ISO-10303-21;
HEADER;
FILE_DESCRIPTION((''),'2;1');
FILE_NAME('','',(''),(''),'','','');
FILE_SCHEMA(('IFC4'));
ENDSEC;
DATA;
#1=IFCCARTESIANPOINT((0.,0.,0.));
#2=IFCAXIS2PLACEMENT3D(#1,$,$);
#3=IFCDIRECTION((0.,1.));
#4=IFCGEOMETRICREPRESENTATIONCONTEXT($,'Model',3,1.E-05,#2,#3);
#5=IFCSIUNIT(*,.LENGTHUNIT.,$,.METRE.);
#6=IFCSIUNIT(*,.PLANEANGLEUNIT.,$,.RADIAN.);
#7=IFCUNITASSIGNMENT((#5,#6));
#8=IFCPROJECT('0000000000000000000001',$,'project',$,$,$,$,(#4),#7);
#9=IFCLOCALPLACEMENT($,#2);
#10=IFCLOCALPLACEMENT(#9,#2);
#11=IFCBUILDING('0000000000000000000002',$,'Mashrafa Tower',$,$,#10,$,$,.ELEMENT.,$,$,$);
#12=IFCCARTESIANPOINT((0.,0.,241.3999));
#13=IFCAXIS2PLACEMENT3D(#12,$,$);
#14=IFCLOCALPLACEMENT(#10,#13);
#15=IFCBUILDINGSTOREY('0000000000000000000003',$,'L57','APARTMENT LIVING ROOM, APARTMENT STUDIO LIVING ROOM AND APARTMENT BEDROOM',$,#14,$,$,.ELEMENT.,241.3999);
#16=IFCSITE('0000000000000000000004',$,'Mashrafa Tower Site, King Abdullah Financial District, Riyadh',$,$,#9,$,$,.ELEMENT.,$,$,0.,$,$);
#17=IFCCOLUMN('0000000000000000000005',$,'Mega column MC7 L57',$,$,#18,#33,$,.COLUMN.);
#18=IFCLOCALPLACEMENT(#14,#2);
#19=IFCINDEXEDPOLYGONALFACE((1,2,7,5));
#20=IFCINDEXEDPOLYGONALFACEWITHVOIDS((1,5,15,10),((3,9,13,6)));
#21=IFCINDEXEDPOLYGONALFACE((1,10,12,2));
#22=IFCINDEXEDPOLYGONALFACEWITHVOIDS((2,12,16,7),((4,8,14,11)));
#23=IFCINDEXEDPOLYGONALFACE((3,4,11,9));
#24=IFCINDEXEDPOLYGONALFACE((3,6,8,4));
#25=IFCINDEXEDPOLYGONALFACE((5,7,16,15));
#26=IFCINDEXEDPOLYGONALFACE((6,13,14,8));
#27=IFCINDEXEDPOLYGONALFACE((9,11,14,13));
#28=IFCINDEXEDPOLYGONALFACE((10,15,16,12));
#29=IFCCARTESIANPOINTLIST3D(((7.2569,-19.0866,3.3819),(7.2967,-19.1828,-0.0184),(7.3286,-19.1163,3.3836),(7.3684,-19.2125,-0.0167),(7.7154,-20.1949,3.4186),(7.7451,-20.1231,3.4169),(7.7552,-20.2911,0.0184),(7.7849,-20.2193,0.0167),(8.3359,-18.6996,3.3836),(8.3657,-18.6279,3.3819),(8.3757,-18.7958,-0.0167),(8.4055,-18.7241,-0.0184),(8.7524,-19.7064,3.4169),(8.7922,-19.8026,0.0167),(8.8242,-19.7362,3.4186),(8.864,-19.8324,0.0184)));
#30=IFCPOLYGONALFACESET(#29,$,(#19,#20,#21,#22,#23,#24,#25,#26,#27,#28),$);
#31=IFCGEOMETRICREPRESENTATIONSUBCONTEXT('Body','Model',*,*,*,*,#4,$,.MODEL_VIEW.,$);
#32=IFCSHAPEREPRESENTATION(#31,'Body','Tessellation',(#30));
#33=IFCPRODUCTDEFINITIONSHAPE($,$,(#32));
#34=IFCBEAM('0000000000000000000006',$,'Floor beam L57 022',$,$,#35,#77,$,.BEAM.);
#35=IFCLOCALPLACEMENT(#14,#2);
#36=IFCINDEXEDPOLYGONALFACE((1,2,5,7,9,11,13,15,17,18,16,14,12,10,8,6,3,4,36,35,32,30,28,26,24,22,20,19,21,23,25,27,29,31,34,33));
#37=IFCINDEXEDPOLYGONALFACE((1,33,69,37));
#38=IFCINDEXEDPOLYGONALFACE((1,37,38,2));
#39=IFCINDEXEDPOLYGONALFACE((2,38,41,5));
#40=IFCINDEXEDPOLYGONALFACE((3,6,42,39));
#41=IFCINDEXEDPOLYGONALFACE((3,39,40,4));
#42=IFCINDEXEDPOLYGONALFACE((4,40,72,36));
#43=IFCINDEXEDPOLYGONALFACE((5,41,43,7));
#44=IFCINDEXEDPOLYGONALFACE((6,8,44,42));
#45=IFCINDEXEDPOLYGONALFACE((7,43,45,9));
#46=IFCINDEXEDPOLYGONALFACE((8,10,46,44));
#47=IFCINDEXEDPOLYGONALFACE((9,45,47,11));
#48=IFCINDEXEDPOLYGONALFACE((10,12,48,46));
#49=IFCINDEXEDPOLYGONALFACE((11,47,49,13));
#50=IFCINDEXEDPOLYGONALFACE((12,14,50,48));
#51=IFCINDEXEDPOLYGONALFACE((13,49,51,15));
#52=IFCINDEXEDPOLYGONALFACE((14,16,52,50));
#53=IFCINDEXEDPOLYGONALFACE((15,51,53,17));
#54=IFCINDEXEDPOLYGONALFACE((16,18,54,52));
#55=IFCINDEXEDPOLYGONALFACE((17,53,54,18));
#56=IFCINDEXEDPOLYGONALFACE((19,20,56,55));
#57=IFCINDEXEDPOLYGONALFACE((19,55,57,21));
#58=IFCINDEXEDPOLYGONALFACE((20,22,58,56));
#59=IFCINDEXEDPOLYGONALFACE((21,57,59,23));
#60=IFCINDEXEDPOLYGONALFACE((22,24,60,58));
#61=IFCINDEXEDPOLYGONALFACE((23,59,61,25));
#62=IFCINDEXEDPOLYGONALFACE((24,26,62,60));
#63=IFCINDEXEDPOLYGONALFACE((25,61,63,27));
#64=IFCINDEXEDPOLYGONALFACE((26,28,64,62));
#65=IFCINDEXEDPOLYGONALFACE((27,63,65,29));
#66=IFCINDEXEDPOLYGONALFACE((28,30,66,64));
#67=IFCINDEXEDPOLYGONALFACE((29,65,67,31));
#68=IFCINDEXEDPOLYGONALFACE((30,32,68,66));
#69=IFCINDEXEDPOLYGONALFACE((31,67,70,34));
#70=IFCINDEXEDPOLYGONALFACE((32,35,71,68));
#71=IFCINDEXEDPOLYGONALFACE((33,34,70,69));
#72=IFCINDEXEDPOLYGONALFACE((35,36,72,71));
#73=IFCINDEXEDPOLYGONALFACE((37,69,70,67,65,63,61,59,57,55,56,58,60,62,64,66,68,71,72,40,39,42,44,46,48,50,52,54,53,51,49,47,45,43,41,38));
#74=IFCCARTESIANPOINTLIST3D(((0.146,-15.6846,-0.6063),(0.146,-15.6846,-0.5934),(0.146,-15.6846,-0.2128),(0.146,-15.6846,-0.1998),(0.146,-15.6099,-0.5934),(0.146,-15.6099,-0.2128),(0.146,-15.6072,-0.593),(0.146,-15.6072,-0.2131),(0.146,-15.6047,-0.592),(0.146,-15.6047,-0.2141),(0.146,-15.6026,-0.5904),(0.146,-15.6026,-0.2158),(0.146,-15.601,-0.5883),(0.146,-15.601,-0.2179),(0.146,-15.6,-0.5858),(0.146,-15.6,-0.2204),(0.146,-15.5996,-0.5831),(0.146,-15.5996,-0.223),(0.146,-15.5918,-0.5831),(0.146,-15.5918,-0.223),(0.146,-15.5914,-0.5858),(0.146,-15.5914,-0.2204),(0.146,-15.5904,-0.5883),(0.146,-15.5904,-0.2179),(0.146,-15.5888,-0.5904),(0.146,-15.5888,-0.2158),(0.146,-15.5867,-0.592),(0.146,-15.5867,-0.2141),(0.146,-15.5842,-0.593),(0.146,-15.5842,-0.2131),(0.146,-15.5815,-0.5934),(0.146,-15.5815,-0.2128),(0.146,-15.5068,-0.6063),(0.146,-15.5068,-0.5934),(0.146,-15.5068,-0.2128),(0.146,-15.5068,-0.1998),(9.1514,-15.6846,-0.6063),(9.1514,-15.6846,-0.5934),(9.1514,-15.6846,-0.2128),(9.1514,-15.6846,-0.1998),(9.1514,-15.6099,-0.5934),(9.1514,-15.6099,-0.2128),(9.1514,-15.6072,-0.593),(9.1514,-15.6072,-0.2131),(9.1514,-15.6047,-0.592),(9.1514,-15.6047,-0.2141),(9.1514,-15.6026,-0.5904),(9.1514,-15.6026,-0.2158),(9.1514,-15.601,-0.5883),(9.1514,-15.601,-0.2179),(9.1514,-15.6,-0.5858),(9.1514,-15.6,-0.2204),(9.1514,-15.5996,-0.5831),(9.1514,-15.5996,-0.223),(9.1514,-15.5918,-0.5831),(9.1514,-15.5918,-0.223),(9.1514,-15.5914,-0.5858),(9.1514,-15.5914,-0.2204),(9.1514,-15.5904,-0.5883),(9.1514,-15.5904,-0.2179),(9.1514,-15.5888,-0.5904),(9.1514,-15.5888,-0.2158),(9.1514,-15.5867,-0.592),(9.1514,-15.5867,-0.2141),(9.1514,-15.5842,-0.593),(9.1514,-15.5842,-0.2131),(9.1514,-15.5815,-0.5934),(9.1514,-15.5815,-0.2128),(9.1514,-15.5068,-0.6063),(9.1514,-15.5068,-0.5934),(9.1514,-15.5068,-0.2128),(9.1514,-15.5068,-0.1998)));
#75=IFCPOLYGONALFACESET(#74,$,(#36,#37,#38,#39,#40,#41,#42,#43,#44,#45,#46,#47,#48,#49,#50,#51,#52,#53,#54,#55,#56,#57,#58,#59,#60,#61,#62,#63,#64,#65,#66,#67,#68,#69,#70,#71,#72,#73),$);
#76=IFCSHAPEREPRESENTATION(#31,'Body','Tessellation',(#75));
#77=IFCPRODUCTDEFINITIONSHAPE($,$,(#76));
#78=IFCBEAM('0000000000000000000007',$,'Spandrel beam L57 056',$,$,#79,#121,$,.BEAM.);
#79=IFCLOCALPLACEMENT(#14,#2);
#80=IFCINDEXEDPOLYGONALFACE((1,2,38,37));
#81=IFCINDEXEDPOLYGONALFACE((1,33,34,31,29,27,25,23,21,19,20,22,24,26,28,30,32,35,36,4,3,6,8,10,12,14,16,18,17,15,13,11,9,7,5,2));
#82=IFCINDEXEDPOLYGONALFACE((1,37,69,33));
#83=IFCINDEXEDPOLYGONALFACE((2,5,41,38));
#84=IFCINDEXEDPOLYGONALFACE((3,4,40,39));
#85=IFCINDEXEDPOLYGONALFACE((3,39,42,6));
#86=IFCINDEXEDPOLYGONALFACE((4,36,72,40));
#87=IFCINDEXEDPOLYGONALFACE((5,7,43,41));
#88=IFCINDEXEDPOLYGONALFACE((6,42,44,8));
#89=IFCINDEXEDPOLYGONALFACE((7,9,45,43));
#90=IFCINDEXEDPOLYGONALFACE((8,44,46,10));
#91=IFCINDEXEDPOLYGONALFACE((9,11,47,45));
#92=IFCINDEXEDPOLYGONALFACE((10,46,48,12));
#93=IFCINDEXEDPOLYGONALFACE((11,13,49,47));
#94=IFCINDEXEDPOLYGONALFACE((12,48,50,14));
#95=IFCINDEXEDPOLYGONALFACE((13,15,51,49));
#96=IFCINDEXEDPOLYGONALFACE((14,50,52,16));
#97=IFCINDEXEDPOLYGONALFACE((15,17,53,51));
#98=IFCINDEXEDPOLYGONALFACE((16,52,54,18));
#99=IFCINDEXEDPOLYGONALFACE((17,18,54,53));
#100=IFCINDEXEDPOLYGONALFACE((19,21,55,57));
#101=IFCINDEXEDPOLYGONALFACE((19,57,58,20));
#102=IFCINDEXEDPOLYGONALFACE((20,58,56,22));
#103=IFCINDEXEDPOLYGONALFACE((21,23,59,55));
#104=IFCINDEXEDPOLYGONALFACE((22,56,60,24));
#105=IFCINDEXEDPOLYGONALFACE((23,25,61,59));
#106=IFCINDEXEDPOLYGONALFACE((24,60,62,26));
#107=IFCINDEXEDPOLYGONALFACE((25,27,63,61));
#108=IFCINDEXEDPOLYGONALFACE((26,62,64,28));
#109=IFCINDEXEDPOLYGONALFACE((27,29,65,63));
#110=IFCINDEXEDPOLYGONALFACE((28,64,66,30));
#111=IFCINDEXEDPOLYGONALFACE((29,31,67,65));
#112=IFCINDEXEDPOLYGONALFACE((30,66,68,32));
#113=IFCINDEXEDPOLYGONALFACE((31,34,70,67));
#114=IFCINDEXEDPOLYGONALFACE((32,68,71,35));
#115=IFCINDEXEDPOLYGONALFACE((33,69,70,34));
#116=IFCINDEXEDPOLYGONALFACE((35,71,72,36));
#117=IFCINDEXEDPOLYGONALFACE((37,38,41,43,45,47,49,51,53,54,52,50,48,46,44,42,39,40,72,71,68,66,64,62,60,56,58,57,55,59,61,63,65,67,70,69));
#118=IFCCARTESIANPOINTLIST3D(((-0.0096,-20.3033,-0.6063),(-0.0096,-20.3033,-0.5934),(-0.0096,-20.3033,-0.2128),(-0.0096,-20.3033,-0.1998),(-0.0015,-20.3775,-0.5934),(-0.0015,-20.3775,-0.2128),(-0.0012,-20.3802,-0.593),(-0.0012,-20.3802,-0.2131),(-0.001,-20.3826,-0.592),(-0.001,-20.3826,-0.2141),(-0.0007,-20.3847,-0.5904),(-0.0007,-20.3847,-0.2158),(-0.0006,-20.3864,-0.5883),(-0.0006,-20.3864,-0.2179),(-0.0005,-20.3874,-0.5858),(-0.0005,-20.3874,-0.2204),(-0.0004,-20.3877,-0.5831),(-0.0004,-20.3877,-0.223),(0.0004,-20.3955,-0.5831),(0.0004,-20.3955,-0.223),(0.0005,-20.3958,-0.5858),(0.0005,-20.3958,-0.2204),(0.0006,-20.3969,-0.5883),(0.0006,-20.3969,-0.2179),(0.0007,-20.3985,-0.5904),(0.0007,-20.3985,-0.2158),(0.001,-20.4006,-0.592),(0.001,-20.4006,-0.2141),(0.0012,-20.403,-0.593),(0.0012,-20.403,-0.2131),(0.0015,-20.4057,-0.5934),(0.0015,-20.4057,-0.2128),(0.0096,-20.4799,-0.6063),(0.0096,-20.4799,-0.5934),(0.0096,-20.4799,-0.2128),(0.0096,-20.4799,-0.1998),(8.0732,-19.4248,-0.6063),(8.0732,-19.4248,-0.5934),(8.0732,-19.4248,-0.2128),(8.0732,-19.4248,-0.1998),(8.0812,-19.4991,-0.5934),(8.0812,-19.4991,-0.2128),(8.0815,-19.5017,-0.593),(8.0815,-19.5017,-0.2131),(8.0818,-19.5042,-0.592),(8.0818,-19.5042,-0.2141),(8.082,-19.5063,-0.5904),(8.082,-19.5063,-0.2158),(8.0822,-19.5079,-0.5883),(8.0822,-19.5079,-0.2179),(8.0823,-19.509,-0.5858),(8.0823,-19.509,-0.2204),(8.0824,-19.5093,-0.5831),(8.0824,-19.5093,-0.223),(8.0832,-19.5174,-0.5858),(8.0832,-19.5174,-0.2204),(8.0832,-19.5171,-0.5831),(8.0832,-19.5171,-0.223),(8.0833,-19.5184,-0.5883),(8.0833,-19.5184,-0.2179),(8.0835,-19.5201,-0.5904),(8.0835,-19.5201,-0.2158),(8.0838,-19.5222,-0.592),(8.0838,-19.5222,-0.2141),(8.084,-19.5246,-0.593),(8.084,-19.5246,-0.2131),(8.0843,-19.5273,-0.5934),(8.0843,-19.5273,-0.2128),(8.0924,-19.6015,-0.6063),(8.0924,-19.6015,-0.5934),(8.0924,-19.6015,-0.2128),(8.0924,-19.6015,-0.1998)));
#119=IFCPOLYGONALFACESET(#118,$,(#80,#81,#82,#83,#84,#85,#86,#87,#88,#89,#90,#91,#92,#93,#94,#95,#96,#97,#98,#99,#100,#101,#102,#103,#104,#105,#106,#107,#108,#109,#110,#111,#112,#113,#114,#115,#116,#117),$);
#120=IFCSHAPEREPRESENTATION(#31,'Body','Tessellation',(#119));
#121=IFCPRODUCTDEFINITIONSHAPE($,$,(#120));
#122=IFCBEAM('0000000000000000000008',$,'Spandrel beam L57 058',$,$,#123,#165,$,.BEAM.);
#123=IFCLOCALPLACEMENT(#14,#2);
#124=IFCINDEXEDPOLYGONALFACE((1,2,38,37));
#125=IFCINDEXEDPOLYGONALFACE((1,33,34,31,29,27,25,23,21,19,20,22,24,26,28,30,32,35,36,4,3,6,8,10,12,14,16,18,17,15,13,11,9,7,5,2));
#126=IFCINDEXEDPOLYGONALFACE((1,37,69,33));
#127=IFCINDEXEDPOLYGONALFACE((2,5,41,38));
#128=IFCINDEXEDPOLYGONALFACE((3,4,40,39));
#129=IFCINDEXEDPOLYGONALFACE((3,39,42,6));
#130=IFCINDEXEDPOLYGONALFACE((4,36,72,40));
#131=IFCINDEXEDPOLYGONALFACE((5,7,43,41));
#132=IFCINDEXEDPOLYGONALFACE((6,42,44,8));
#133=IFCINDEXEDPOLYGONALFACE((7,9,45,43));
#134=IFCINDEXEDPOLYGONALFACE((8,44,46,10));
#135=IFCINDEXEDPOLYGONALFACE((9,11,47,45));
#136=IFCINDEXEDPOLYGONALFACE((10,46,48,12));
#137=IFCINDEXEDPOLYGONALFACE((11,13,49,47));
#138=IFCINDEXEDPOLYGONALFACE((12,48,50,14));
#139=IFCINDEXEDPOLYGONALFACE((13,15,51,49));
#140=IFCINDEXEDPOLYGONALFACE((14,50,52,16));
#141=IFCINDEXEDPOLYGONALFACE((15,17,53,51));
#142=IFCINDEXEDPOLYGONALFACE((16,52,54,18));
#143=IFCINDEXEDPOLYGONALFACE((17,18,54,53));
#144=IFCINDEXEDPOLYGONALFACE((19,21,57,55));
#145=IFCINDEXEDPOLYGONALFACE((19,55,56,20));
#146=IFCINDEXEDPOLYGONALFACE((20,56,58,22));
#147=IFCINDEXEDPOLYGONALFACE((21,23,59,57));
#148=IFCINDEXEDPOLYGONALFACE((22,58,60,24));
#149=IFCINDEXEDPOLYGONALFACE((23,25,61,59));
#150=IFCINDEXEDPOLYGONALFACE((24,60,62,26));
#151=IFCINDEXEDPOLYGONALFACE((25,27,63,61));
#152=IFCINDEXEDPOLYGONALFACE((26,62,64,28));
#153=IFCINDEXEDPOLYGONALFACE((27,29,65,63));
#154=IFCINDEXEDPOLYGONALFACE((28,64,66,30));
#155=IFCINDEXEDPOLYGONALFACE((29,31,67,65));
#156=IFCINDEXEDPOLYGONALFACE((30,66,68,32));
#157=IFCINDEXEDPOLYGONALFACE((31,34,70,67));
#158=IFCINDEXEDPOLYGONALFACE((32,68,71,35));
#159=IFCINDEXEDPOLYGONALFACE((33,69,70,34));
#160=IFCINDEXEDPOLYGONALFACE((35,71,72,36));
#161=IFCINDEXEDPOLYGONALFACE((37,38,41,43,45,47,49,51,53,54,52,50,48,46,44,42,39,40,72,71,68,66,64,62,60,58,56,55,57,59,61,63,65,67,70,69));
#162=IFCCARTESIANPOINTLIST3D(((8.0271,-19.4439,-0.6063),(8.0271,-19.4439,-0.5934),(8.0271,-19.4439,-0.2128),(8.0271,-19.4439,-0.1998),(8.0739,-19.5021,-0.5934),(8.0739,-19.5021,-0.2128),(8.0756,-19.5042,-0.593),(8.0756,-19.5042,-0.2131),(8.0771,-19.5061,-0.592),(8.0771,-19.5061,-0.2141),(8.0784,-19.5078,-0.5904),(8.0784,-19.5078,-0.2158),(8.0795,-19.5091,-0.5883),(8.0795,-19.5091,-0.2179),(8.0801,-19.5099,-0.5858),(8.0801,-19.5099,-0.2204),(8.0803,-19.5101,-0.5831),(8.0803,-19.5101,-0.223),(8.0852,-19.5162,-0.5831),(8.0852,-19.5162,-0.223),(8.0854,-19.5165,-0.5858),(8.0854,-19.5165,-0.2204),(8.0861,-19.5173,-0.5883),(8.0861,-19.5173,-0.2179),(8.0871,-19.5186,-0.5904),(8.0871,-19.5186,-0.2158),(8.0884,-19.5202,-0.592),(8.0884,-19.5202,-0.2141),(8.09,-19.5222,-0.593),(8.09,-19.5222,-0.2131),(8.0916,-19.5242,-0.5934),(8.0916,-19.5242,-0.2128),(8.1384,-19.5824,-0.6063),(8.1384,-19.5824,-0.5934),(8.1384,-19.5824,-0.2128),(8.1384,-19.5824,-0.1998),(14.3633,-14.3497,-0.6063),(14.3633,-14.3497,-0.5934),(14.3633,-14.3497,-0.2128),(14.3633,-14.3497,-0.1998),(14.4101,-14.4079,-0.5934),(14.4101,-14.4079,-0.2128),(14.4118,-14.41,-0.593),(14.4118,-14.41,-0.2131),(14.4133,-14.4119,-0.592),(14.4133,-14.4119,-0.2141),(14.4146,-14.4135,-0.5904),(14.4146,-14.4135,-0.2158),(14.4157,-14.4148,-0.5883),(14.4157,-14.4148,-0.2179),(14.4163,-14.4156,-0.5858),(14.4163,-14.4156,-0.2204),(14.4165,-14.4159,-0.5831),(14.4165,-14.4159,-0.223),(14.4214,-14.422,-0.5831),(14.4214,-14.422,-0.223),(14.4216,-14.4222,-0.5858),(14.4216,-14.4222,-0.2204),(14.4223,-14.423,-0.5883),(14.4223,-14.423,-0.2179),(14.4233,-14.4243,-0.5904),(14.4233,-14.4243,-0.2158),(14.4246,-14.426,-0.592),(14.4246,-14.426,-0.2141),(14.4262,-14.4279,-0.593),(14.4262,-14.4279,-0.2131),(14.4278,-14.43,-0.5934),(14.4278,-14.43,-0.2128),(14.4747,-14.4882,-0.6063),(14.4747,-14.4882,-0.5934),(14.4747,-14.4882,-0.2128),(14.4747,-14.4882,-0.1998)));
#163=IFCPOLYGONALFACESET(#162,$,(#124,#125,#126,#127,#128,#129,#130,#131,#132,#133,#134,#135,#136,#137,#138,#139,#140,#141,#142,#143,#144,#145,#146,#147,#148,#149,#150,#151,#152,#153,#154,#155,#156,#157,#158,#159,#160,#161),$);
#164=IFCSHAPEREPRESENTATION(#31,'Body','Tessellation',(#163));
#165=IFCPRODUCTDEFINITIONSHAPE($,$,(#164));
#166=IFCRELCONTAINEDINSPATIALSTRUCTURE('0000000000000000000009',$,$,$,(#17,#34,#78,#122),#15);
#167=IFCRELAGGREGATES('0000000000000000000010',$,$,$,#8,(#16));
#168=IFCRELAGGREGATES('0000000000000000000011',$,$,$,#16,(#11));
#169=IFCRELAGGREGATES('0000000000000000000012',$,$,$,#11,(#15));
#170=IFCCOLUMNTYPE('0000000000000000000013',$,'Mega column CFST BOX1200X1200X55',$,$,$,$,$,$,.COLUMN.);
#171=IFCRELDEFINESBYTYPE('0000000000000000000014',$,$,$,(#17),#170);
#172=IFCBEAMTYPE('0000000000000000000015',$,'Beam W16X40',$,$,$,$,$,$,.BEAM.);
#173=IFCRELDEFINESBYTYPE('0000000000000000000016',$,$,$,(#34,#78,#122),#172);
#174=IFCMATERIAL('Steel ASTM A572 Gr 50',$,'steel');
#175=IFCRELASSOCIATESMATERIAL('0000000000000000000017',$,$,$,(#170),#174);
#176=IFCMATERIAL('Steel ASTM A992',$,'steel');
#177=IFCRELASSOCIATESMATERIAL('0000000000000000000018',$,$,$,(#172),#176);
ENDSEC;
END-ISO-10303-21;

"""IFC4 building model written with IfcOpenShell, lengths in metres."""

from ifc_helpers import new_model, si_unit, direction, frame, origin, origin_2d, place, context, subcontext, project, spatial, hollow_rectangle, i_section, extrude, material, material_profile, profile_set, type_object, element, save


model = new_model("IFC4")

# Units and contexts
model_context = context("Model", 3, precision=1e-05, world=origin(), true_north=direction((0.0, 1.0)))
body_context = subcontext(model_context, "Body", "Model", "MODEL_VIEW")
ifc_project = project(units=[si_unit("LENGTHUNIT", "METRE"), si_unit("PLANEANGLEUNIT", "RADIAN")], contexts=[model_context])

# Site, building, storey
site_placement = place(None, origin())
site = spatial("IfcSite", under=ifc_project, at=site_placement, Name="Mashrafa Tower Site, King Abdullah Financial District, Riyadh", CompositionType="ELEMENT", RefElevation=0.0)
building_placement = place(site_placement, origin())
building = spatial("IfcBuilding", under=site, at=building_placement, Name="Mashrafa Tower", CompositionType="ELEMENT")
storey_placement = place(building_placement, frame((0.0, 0.0, 241.3999)))
storey = spatial("IfcBuildingStorey", under=building, at=storey_placement, Name="L57", Description="APARTMENT LIVING ROOM, APARTMENT STUDIO LIVING ROOM AND APARTMENT BEDROOM", CompositionType="ELEMENT", Elevation=241.3999)

# Column
ifc_material_1 = material(Name="Steel ASTM A572 Gr 50", Category="steel")
ifc_material_profile_1 = material_profile(ifc_material_1, hollow_rectangle(XDim=1.2, YDim=1.2, WallThickness=0.0549, at=origin_2d()), Name="BOX1200X1200X55")
ifc_profile_set_1 = profile_set([ifc_material_profile_1], Name="Steel ASTM A572 Gr 50")
column_type = type_object("IfcColumnType", Name="Mega column CFST BOX1200X1200X55", PredefinedType="COLUMN", material=ifc_profile_set_1)
column_placement = place(storey_placement, frame((8.0803, -19.5076, 0.0), z_axis=(-0.011698, 0.028277, 0.999532), x_axis=(-0.924045, -0.382283, 0.0)))
element("IfcColumn", 1, at=column_placement, inside=storey, type_object=column_type, Name="Mega column MC7 L57", PredefinedType="COLUMN", context=body_context, shape_type="SweptSolid", body=[
    extrude(hollow_rectangle(XDim=1.2, YDim=1.2, WallThickness=0.0549, at=origin_2d()), origin(), (0.0, 0.0, 1.0), 3.4019),
])

# Beams
ifc_material_2 = material(Name="Steel ASTM A992", Category="steel")
ifc_material_profile_2 = material_profile(ifc_material_2, i_section(OverallWidth=0.1777, OverallDepth=0.4065, WebThickness=0.0078, FlangeThickness=0.0129, FilletRadius=0.0103, at=origin_2d()), Name="W16X40")
ifc_profile_set_2 = profile_set([ifc_material_profile_2], Name="Steel ASTM A992")
beam_type_1 = type_object("IfcBeamType", Name="Beam W16X40", PredefinedType="BEAM", material=ifc_profile_set_2)
beam_1_placement = place(storey_placement, frame((9.1514, -15.5957, -0.4031), z_axis=(-1.0, 0.0, 0.0), x_axis=(0.0, -1.0, 0.0)))
element("IfcBeam", 2, at=beam_1_placement, inside=storey, type_object=beam_type_1, Name="Floor beam L57 022", PredefinedType="BEAM", context=body_context, shape_type="SweptSolid", body=[
    extrude(i_section(OverallWidth=0.1777, OverallDepth=0.4065, WebThickness=0.0078, FlangeThickness=0.0129, FilletRadius=0.0103, at=origin_2d()), origin(), (0.0, 0.0, 1.0), 9.0054),
])
beam_2_placement = place(storey_placement, frame((0.0, -20.3916, -0.4031), z_axis=(0.994146, 0.108042, 0.0), x_axis=(-0.108042, 0.994146, 0.0)))
element("IfcBeam", 3, at=beam_2_placement, inside=storey, type_object=beam_type_1, Name="Spandrel beam L57 056", PredefinedType="BEAM", context=body_context, shape_type="SweptSolid", body=[
    extrude(i_section(OverallWidth=0.1777, OverallDepth=0.4065, WebThickness=0.0078, FlangeThickness=0.0129, FilletRadius=0.0103, at=origin_2d()), origin(), (0.0, 0.0, 1.0), 8.1304),
])
beam_3_placement = place(storey_placement, frame((8.0828, -19.5132, -0.4031), z_axis=(0.779349, 0.62659, 0.0), x_axis=(-0.62659, 0.779349, 0.0)))
element("IfcBeam", 4, at=beam_3_placement, inside=storey, type_object=beam_type_1, Name="Spandrel beam L57 058", PredefinedType="BEAM", context=body_context, shape_type="SweptSolid", body=[
    extrude(i_section(OverallWidth=0.1777, OverallDepth=0.4065, WebThickness=0.0078, FlangeThickness=0.0129, FilletRadius=0.0103, at=origin_2d()), origin(), (0.0, 0.0, 1.0), 8.1301),
])

save(model, "model.ifc")
